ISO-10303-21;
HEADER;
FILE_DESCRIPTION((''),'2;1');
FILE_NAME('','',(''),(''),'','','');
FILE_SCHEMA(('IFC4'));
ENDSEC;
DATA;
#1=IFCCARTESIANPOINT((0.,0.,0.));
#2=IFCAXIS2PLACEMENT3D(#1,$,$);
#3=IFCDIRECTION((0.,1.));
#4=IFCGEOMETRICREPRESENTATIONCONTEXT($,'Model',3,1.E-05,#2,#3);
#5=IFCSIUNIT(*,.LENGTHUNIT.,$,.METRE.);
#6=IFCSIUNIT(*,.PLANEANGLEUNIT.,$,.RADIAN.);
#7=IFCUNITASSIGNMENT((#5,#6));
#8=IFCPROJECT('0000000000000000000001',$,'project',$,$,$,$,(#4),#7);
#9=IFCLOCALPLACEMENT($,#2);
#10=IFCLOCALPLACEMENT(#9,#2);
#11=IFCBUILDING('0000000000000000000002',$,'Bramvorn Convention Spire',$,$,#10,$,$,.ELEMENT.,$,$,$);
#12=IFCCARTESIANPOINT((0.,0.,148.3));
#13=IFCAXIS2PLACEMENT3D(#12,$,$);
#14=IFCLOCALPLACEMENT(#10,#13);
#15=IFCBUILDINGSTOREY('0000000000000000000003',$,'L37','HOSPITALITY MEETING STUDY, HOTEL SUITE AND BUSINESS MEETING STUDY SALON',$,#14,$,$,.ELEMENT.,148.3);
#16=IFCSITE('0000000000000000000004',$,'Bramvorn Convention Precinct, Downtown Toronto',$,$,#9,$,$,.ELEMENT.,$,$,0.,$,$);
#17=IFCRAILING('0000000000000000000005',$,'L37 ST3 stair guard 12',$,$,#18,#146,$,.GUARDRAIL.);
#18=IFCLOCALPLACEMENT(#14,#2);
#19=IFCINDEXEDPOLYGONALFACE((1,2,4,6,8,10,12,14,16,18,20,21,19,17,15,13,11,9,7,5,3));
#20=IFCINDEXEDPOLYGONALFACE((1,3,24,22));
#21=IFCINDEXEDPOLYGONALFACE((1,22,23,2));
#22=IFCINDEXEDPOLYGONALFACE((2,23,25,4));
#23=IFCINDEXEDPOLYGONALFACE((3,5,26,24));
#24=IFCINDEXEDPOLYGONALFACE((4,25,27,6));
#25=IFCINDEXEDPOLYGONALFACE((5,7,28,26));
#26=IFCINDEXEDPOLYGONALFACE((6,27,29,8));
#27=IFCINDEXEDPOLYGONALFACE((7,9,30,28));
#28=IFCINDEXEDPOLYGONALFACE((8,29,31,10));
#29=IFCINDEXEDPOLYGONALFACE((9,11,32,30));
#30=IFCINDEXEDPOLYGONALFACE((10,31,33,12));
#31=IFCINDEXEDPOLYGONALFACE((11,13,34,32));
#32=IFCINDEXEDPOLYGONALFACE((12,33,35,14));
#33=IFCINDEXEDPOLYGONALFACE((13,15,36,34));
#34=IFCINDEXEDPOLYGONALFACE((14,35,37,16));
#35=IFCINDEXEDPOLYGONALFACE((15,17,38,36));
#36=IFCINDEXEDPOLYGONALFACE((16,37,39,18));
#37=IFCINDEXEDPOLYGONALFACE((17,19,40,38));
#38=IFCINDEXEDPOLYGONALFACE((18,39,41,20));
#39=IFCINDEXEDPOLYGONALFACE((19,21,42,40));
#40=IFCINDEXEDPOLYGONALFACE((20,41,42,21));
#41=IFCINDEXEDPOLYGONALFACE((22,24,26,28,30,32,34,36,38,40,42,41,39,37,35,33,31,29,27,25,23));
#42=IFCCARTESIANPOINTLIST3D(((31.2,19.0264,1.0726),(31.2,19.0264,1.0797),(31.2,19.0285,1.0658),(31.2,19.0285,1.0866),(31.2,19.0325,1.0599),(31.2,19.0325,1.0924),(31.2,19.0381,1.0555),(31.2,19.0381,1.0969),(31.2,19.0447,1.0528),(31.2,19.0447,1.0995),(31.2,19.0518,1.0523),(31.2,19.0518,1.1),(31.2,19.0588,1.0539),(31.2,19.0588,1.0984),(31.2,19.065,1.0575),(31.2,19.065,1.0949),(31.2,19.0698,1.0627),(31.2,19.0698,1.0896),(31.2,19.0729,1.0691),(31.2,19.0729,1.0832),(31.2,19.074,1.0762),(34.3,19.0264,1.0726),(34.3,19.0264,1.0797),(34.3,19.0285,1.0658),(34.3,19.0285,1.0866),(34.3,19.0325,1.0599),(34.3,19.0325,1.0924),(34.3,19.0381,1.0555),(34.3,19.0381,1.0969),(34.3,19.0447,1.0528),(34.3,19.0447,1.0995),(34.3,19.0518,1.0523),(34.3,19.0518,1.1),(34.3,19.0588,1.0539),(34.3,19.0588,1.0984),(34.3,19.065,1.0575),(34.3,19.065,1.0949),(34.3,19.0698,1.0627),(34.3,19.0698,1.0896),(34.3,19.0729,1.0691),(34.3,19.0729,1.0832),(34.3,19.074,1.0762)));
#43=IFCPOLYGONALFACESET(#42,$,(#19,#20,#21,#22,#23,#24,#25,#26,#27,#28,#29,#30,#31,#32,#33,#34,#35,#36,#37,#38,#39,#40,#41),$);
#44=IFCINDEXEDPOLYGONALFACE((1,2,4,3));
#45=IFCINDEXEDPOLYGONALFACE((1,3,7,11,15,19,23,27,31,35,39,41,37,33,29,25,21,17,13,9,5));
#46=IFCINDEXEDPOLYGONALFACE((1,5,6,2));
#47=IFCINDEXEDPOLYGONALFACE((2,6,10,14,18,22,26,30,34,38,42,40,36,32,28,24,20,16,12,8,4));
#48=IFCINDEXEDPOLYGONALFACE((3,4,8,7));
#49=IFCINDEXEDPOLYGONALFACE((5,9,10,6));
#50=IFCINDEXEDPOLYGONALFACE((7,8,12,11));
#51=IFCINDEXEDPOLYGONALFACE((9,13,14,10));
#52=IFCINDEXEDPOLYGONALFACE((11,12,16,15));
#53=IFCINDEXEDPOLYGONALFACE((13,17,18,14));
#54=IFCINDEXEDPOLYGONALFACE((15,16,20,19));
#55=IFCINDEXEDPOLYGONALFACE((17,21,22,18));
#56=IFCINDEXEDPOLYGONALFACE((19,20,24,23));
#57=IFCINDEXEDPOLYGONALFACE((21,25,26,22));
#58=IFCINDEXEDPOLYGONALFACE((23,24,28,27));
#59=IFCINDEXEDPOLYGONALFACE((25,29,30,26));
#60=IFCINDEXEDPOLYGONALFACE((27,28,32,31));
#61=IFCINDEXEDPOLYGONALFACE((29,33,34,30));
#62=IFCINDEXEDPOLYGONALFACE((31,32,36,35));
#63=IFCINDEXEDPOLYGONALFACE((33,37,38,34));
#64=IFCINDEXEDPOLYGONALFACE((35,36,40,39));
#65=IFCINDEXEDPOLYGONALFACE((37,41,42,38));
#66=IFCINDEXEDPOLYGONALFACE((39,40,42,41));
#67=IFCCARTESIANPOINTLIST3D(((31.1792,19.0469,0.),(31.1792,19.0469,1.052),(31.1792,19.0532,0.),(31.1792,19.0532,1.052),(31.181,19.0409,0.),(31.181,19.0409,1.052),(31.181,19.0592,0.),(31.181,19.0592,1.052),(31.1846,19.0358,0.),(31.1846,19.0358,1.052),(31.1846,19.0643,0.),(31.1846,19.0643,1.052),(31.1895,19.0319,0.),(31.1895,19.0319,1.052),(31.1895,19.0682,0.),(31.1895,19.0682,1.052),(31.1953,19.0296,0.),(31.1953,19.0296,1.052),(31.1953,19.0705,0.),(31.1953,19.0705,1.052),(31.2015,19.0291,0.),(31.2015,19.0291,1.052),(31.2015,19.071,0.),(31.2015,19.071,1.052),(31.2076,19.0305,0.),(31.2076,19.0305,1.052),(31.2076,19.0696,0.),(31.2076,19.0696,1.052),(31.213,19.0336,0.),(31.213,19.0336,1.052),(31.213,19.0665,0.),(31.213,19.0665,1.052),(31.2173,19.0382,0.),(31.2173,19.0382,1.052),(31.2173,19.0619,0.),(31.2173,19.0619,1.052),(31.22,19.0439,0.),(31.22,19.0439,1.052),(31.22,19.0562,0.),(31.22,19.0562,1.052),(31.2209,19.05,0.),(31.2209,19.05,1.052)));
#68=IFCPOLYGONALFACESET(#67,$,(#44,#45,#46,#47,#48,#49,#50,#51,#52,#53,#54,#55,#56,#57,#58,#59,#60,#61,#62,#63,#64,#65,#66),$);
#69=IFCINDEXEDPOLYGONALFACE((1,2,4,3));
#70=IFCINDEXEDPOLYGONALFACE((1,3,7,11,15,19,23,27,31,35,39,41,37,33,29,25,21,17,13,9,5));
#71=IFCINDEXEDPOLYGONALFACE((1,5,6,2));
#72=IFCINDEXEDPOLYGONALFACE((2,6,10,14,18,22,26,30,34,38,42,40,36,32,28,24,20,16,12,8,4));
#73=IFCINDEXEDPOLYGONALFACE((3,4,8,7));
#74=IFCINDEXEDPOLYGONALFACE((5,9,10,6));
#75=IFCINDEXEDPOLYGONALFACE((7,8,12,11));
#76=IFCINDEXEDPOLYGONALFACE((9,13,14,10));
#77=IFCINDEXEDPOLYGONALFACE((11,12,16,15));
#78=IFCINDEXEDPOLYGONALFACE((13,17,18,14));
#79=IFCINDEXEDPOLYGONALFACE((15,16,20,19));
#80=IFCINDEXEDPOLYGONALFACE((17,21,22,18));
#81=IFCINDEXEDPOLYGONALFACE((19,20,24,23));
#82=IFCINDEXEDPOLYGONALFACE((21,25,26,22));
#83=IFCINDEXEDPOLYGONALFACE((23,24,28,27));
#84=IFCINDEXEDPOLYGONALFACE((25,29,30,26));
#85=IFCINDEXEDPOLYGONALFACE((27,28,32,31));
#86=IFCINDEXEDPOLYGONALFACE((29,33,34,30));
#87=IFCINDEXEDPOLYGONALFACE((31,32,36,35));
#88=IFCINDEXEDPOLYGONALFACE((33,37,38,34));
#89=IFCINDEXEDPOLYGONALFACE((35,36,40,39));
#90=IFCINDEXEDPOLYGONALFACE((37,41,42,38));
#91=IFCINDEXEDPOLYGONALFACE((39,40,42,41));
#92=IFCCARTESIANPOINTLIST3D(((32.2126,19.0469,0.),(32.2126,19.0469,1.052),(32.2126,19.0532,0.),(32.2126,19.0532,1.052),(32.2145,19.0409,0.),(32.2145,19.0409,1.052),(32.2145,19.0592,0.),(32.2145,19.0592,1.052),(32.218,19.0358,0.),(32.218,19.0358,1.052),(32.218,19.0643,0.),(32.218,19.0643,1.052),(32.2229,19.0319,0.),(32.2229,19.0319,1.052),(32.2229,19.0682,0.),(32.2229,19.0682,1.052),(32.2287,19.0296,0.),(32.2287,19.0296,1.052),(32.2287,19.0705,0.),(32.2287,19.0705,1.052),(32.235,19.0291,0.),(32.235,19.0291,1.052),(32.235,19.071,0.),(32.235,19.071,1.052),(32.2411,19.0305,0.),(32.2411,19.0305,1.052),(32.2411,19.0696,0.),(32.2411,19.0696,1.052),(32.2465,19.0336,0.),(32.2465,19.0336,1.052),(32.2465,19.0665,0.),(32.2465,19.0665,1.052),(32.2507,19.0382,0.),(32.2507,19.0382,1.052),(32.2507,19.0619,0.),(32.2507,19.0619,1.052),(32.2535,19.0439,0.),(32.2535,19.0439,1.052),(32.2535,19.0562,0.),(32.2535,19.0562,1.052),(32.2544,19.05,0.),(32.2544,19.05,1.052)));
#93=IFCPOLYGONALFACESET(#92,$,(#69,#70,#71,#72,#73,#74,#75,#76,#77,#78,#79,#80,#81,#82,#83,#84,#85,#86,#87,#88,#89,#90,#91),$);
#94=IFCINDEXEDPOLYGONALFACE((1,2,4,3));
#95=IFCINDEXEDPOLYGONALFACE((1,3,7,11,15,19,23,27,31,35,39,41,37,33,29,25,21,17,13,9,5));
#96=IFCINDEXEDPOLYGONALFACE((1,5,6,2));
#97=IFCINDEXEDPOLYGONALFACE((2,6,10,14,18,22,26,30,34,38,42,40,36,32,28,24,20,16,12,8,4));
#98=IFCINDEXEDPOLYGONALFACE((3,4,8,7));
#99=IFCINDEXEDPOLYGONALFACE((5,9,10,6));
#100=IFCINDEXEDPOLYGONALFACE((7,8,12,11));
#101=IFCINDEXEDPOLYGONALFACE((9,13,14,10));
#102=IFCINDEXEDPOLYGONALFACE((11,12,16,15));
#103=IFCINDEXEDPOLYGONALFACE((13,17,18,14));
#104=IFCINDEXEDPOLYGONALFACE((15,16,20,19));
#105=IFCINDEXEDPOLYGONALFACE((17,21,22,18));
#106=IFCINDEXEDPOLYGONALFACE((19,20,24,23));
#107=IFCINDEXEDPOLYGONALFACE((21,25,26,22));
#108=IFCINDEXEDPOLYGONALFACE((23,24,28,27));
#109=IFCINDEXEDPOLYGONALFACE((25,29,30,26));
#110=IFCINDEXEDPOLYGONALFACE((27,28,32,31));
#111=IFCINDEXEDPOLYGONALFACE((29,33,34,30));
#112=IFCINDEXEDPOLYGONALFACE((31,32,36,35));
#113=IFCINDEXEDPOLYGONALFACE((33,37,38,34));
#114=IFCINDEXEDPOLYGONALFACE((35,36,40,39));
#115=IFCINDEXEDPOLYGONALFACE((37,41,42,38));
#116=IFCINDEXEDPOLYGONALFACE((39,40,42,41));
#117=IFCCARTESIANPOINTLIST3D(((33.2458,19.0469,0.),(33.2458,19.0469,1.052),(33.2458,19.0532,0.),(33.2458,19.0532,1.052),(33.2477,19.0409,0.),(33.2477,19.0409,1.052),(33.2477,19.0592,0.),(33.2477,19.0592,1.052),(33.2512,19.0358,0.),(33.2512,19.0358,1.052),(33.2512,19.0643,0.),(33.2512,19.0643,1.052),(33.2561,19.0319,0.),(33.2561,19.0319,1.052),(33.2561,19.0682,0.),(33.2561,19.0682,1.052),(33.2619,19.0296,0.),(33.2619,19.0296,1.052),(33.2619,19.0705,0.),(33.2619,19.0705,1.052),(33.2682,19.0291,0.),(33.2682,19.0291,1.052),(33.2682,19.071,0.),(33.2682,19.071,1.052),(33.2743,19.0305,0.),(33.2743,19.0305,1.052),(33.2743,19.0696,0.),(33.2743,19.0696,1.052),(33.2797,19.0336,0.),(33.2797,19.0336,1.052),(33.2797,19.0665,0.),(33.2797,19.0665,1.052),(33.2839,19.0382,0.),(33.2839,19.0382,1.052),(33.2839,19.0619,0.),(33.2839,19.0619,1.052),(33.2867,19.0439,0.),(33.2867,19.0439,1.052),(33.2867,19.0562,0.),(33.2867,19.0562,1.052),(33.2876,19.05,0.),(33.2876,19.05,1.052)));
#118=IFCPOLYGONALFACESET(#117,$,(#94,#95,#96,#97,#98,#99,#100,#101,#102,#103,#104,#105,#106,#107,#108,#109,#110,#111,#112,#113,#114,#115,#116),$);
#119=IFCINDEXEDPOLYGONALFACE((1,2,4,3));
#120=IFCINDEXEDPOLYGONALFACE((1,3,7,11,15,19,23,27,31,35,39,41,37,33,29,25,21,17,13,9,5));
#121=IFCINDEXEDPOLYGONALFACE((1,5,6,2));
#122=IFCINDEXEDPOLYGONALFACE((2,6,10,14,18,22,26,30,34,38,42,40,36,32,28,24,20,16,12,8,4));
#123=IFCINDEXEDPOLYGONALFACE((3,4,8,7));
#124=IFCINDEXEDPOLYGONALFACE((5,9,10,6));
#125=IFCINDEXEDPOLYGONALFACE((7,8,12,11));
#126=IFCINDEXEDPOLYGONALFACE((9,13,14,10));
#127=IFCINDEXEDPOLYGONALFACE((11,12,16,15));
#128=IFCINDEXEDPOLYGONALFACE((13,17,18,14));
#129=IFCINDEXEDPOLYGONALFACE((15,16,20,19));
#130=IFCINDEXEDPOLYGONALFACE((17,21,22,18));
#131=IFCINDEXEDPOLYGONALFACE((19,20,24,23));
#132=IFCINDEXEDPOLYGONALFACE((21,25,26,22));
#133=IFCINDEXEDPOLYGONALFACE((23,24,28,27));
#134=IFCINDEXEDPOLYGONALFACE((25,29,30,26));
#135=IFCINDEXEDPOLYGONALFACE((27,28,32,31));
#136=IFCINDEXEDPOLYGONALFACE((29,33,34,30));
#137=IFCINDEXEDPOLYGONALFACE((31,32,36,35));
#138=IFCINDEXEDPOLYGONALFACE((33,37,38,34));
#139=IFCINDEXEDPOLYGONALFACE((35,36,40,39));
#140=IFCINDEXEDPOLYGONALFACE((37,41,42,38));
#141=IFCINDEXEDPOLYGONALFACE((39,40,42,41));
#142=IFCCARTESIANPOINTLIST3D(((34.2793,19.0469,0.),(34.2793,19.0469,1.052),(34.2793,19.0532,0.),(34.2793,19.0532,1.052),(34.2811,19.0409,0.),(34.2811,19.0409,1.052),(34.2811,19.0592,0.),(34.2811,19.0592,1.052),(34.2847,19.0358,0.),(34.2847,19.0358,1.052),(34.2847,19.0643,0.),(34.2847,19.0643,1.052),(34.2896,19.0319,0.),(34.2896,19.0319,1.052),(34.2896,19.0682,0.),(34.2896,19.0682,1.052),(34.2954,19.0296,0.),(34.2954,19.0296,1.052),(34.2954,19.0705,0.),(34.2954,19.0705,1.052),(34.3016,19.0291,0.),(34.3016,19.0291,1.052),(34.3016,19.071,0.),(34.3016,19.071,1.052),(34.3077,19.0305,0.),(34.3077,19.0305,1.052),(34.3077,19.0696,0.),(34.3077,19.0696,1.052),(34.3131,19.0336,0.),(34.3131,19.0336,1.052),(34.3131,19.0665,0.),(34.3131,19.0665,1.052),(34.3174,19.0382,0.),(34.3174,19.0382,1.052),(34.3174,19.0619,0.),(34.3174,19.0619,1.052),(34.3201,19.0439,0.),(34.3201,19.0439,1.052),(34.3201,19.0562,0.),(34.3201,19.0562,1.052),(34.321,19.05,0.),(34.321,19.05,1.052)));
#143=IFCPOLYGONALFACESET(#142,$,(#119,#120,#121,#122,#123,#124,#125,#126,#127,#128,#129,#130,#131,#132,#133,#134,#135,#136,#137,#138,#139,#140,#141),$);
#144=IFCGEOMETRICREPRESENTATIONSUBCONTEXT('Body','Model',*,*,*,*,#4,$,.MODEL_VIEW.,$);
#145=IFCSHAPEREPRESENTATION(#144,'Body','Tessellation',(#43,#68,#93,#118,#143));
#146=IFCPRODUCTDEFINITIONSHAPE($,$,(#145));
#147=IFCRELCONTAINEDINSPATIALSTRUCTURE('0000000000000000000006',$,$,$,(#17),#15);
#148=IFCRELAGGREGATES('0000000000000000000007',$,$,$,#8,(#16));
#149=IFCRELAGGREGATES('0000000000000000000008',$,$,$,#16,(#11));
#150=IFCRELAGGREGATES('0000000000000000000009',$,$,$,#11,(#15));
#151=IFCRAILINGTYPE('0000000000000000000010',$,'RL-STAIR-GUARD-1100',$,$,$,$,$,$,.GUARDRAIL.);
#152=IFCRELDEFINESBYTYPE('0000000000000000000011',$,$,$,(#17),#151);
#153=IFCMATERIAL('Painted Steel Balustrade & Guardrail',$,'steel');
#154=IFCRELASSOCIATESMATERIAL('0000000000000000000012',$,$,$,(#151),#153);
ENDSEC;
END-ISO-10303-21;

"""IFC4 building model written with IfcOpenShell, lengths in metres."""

from ifc_helpers import new_model, si_unit, direction, frame, origin, origin_2d, place, context, subcontext, project, spatial, circle, extrude, material, type_object, element, save


model = new_model("IFC4")

# Units and contexts
model_context = context("Model", 3, precision=1e-05, world=origin(), true_north=direction((0.0, 1.0)))
body_context = subcontext(model_context, "Body", "Model", "MODEL_VIEW")
ifc_project = project(units=[si_unit("LENGTHUNIT", "METRE"), si_unit("PLANEANGLEUNIT", "RADIAN")], contexts=[model_context])

# Site, building, storey
site_placement = place(None, origin())
site = spatial("IfcSite", under=ifc_project, at=site_placement, Name="Bramvorn Convention Precinct, Downtown Toronto", CompositionType="ELEMENT", RefElevation=0.0)
building_placement = place(site_placement, origin())
building = spatial("IfcBuilding", under=site, at=building_placement, Name="Bramvorn Convention Spire", CompositionType="ELEMENT")
storey_placement = place(building_placement, frame((0.0, 0.0, 148.3)))
storey = spatial("IfcBuildingStorey", under=building, at=storey_placement, Name="L37", Description="HOSPITALITY MEETING STUDY, HOTEL SUITE AND BUSINESS MEETING STUDY SALON", CompositionType="ELEMENT", Elevation=148.3)

# Railing
ifc_material_1 = material(Name="Painted Steel Balustrade & Guardrail", Category="steel")
railing_type = type_object("IfcRailingType", Name="RL-STAIR-GUARD-1100", PredefinedType="GUARDRAIL", material=ifc_material_1)
railing_1_placement = place(storey_placement, frame((31.2, 19.05, 0.0)))
element("IfcRailing", 1, at=railing_1_placement, inside=storey, type_object=railing_type, Name="L37 ST3 stair guard 12", PredefinedType="GUARDRAIL", context=body_context, shape_type="SweptSolid", body=[
    extrude(circle(Radius=0.0239, at=origin_2d()), frame((0.0, 0.0, 1.0762), z_axis=(1.0, 0.0, 0.0), x_axis=(0.0, 1.0, 0.0)), (0.0, 0.0, 1.0), 3.1001),
    extrude(circle(Radius=0.021, at=origin_2d()), origin(), (0.0, 0.0, 1.0), 1.052),
    extrude(circle(Radius=0.021, at=origin_2d()), frame((1.0334, 0.0, 0.0)), (0.0, 0.0, 1.0), 1.052),
    extrude(circle(Radius=0.021, at=origin_2d()), frame((2.0667, 0.0, 0.0)), (0.0, 0.0, 1.0), 1.052),
    extrude(circle(Radius=0.021, at=origin_2d()), frame((3.1001, 0.0, 0.0)), (0.0, 0.0, 1.0), 1.052),
])

save(model, "model.ifc")
